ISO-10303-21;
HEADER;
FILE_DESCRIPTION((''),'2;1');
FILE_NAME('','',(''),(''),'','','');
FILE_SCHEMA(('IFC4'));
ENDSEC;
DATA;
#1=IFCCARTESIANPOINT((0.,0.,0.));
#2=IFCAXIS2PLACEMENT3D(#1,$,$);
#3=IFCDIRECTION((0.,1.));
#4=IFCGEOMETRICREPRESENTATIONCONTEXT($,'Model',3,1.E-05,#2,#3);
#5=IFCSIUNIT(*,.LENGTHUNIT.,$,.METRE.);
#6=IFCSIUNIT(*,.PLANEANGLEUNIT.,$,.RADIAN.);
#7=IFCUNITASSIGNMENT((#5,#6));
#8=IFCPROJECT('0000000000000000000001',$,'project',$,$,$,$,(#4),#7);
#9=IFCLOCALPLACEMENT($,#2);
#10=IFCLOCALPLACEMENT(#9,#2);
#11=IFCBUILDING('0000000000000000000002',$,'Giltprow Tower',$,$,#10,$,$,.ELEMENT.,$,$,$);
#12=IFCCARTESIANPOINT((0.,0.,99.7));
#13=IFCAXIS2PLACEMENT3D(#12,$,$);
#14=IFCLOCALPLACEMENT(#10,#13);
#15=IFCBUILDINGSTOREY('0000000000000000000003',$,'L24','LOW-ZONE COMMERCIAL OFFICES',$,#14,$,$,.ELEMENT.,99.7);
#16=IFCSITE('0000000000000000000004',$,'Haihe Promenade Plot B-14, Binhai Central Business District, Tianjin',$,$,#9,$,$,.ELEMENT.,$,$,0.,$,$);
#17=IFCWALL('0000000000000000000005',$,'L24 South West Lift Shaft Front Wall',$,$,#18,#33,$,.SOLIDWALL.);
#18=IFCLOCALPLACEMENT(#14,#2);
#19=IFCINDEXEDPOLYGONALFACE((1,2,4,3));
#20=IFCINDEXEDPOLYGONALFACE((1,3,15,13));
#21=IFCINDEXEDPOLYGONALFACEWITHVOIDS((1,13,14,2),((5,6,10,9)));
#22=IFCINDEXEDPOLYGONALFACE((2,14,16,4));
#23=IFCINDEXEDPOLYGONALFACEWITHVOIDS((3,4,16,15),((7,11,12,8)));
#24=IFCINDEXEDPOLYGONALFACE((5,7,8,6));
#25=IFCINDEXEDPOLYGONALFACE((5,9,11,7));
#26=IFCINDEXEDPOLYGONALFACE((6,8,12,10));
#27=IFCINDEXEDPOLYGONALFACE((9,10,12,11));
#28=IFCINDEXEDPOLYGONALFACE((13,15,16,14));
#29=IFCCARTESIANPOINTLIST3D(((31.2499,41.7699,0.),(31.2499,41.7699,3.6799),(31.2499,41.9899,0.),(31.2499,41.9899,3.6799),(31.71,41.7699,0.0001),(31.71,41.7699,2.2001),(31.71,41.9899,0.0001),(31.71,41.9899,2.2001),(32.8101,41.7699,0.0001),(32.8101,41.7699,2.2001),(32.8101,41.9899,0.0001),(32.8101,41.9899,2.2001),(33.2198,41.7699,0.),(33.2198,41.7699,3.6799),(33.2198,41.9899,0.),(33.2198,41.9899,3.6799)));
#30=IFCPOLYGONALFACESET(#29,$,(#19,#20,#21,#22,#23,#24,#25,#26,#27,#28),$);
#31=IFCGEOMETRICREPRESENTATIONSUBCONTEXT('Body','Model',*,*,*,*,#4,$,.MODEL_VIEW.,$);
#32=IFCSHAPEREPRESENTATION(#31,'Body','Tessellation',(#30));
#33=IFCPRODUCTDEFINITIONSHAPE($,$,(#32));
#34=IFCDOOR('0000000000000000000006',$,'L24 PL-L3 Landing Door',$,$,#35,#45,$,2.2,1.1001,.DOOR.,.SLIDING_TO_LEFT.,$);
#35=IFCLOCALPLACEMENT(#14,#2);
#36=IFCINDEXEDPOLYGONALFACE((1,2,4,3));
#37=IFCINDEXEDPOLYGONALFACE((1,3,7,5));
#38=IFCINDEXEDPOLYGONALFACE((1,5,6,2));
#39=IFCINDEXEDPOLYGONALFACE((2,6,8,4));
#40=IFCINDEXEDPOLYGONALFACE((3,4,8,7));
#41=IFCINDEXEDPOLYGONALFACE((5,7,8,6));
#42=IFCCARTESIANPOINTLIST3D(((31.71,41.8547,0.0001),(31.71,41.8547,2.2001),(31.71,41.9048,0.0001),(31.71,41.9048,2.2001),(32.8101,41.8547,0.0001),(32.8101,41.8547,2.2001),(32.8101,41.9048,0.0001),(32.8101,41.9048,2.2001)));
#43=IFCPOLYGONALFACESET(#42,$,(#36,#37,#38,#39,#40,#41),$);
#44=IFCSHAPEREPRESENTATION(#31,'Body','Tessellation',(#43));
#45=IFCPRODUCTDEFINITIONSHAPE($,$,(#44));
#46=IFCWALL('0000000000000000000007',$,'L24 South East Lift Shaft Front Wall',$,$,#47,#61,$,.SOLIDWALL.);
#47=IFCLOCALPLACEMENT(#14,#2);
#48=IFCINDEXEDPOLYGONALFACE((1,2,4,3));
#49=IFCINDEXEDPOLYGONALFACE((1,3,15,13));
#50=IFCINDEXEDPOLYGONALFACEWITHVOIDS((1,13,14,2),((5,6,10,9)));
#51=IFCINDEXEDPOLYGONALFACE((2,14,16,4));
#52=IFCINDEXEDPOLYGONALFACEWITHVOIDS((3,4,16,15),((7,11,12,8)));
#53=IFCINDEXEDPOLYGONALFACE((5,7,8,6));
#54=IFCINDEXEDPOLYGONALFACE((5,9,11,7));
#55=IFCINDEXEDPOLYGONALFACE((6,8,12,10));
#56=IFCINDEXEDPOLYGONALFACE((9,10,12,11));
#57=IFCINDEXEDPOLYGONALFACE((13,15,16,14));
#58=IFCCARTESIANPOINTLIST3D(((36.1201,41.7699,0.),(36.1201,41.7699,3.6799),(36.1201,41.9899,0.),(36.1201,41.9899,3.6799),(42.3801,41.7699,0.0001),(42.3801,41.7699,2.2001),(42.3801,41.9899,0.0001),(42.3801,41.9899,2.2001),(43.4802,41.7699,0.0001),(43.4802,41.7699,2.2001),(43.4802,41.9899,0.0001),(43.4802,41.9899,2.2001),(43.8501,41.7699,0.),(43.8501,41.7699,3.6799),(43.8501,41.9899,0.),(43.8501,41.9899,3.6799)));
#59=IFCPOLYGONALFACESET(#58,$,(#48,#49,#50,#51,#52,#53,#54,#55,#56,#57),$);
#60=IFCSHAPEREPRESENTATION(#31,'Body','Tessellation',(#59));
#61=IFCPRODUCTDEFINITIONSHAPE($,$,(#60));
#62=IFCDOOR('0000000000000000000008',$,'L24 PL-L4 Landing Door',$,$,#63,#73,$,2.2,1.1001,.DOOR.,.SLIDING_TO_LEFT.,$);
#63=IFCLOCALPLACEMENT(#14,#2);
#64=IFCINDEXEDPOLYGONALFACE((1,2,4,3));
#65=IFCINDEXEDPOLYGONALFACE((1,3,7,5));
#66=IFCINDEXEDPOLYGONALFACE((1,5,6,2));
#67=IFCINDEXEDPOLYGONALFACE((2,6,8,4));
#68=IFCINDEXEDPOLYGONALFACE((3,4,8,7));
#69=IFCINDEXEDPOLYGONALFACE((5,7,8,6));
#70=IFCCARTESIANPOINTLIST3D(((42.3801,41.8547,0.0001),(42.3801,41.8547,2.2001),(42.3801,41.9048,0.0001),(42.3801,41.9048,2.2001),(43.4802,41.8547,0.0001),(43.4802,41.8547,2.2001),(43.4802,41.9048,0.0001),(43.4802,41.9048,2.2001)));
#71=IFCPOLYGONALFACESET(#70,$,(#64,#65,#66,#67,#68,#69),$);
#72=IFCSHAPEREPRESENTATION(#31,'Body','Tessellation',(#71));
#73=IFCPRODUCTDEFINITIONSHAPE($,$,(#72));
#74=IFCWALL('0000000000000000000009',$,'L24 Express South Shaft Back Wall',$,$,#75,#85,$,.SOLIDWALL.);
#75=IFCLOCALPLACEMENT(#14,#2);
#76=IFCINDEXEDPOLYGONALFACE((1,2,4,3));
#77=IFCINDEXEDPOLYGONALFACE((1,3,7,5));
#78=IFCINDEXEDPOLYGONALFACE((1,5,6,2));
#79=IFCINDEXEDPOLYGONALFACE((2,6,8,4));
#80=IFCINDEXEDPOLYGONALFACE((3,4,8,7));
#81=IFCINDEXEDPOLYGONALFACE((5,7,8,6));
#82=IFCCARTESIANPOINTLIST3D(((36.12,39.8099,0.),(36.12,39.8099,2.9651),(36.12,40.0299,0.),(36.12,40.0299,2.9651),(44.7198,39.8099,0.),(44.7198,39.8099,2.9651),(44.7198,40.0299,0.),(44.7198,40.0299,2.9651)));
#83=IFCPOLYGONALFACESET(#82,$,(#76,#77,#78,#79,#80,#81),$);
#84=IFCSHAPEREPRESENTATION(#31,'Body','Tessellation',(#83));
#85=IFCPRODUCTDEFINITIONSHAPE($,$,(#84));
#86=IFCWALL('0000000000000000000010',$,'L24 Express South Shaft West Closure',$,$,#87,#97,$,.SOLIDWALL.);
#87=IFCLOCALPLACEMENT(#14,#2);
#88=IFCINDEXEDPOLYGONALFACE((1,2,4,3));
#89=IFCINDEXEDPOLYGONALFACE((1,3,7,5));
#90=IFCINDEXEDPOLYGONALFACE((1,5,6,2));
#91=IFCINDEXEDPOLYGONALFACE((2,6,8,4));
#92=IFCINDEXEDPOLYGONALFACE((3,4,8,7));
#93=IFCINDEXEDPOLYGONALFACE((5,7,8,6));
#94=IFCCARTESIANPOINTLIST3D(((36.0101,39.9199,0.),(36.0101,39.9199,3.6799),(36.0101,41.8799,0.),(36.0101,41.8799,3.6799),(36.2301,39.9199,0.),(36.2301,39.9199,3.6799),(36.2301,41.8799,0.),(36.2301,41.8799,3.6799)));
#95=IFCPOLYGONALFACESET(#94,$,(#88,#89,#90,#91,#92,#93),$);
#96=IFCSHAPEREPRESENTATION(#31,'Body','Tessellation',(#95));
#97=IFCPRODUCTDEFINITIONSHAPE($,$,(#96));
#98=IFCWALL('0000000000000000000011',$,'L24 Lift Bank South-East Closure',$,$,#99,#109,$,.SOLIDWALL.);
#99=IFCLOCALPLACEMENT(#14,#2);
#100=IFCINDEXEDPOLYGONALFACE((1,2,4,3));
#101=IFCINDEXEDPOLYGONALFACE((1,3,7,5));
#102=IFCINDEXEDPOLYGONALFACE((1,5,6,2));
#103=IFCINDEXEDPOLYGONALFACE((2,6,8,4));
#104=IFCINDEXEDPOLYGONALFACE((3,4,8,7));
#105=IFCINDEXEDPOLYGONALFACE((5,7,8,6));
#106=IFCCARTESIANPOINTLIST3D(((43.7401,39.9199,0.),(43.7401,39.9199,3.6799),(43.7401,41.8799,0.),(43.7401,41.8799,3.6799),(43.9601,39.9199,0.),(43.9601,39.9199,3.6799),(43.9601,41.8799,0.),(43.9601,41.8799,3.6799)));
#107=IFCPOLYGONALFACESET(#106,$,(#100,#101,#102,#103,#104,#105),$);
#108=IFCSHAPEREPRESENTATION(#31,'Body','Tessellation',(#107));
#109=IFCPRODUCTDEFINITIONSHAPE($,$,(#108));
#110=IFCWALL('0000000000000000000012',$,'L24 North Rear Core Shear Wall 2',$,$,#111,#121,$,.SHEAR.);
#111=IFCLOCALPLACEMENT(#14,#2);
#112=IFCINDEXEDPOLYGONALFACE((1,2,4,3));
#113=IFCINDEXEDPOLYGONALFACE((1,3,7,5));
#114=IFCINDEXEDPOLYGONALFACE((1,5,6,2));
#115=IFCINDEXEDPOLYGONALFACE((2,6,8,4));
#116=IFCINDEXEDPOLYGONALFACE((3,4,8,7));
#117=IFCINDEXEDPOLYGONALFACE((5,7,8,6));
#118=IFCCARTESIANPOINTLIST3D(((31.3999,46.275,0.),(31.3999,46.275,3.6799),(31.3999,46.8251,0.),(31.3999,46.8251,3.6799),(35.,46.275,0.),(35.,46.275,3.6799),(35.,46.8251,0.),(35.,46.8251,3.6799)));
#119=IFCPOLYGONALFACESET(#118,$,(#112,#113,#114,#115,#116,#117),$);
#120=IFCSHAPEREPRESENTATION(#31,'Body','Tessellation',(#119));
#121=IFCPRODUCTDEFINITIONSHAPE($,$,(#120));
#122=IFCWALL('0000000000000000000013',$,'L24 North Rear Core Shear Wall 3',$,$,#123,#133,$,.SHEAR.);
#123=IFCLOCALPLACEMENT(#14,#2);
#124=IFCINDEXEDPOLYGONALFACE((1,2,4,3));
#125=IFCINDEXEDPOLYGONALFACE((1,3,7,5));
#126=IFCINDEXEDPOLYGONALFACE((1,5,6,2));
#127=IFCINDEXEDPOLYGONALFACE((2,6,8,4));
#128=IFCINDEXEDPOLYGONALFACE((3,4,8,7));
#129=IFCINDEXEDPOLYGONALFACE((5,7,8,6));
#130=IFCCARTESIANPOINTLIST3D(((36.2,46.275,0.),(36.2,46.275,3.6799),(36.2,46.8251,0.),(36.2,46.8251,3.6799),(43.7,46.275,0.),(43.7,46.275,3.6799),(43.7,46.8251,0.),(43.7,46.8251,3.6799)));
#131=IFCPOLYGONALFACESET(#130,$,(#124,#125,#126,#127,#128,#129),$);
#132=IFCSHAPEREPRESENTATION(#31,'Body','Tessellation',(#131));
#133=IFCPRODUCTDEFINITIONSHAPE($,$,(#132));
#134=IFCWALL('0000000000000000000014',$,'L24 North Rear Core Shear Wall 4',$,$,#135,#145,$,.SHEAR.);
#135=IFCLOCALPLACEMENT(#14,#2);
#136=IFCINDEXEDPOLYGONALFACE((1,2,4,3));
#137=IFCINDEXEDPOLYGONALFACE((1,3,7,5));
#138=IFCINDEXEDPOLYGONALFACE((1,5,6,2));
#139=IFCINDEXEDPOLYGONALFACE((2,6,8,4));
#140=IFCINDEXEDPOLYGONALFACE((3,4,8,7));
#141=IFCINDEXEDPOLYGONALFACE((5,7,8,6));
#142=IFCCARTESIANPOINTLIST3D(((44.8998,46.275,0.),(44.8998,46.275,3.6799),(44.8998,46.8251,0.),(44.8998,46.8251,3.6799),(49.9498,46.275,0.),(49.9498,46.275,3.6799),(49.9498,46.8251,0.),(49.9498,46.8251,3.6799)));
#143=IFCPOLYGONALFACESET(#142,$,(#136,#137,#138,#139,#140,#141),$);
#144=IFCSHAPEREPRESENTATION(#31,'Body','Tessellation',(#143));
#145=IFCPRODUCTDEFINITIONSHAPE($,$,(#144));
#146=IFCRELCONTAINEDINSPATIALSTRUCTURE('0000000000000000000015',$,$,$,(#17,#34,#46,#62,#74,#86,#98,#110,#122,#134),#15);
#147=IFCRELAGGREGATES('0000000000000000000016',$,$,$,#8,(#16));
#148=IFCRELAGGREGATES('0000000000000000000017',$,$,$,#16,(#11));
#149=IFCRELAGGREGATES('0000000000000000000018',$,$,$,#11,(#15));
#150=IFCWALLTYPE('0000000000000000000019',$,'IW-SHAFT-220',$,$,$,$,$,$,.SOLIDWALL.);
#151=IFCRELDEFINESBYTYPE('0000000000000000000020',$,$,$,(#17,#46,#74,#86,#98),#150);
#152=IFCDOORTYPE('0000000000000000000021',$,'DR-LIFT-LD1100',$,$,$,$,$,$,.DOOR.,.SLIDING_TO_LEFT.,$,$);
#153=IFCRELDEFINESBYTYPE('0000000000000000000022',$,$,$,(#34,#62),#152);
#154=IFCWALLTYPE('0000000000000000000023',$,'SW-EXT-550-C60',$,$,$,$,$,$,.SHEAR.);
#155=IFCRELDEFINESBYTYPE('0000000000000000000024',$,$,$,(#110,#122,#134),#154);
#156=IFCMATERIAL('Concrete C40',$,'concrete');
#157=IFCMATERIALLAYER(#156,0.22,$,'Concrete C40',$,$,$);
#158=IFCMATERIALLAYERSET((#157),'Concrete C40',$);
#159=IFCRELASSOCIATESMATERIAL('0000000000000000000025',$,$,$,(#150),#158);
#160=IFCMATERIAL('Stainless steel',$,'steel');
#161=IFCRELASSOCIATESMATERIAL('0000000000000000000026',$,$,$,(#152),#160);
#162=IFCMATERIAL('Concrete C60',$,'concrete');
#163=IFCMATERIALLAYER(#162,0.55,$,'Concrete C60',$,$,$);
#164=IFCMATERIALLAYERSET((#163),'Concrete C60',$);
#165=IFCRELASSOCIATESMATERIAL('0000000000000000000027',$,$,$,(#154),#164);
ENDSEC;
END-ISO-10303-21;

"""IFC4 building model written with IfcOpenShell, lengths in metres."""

from ifc_helpers import new_model, si_unit, direction, frame, frame_2d, origin, place, context, subcontext, project, spatial, rectangle, extrude, source, transform, mapped, material, layer, layer_set, type_object, element, fill, save


model = new_model("IFC4")

# Units and contexts
model_context = context("Model", 3, precision=1e-05, world=origin(), true_north=direction((0.0, 1.0)))
body_context = subcontext(model_context, "Body", "Model", "MODEL_VIEW")
ifc_project = project(units=[si_unit("LENGTHUNIT", "METRE"), si_unit("PLANEANGLEUNIT", "RADIAN")], contexts=[model_context])

# Site, building, storey
site_placement = place(None, origin())
site = spatial("IfcSite", under=ifc_project, at=site_placement, Name="Haihe Promenade Plot B-14, Binhai Central Business District, Tianjin", CompositionType="ELEMENT", RefElevation=0.0)
building_placement = place(site_placement, origin())
building = spatial("IfcBuilding", under=site, at=building_placement, Name="Giltprow Tower", CompositionType="ELEMENT")
storey_placement = place(building_placement, frame((0.0, 0.0, 99.7)))
storey = spatial("IfcBuildingStorey", under=building, at=storey_placement, Name="L24", Description="LOW-ZONE COMMERCIAL OFFICES", CompositionType="ELEMENT", Elevation=99.7)

# Shared definitions
ifc_material_1 = material(Name="Concrete C60", Category="concrete")

# Shared definitions
ifc_material_2 = material(Name="Concrete C40", Category="concrete")
ifc_layer_1 = layer(ifc_material_2, 0.22, Name="Concrete C40")
ifc_layer_set_1 = layer_set([ifc_layer_1], Name="Concrete C40")
wall_type_1 = type_object("IfcWallType", Name="IW-SHAFT-220", PredefinedType="SOLIDWALL", material=ifc_layer_set_1)
ifc_material_3 = material(Name="Stainless steel", Category="steel")
door_type = type_object("IfcDoorType", Name="DR-LIFT-LD1100", OperationType="SLIDING_TO_LEFT", PredefinedType="DOOR", material=ifc_material_3)
shared_shape_1 = source(origin(), body_context, "Body", "SweptSolid", [
    extrude(rectangle(XDim=1.1001, YDim=2.2, at=frame_2d((0.55, 1.1001))), frame((0.0, 0.0249, 0.0), z_axis=(0.0, -1.0, 0.0), x_axis=(1.0, 0.0, 0.0)), (0.0, 0.0, 1.0), 0.05),
])

# Walls, openings, doors
wall_1_placement = place(storey_placement, frame((31.25, 41.8799, 0.0), z_axis=(0.0, 0.0, 1.0), x_axis=(1.0, 0.0, 0.0)))
wall_1 = element("IfcWall", 1, at=wall_1_placement, inside=storey, type_object=wall_type_1, Name="L24 South West Lift Shaft Front Wall", PredefinedType="SOLIDWALL", context=body_context, shape_type="SweptSolid", body=[
    extrude(rectangle(XDim=1.97, YDim=0.22, at=frame_2d((0.9849, 0.0))), origin(), (0.0, 0.0, 1.0), 3.6799),
])
opening_1_placement = place(wall_1_placement, frame((0.46, 0.0, 0.0)))
opening_1 = element("IfcOpeningElement", 2, at=opening_1_placement, cuts=wall_1, PredefinedType="OPENING", context=body_context, shape_type="SweptSolid", body=[
    extrude(rectangle(XDim=1.1001, YDim=2.2, at=frame_2d((0.55, 1.1001))), frame((0.0, 0.1199, 0.0), z_axis=(0.0, -1.0, 0.0), x_axis=(1.0, 0.0, 0.0)), (0.0, 0.0, 1.0), 0.24),
])
door_1_placement = place(opening_1_placement, origin())
door_1 = element("IfcDoor", 3, at=door_1_placement, inside=storey, type_object=door_type, Name="L24 PL-L3 Landing Door", OperationType="SLIDING_TO_LEFT", OverallHeight=2.2, OverallWidth=1.1001, PredefinedType="DOOR", context=body_context, shape_type="MappedRepresentation", body=[
    mapped(shared_shape_1, transform((0.0, 0.0, 0.0), x_axis=(1.0, 0.0, 0.0), y_axis=(0.0, 1.0, 0.0), z_axis=(0.0, 0.0, 1.0), scale=1.0)),
])
fill(opening_1, door_1)
wall_2_placement = place(storey_placement, frame((36.1201, 41.8799, 0.0), z_axis=(0.0, 0.0, 1.0), x_axis=(1.0, 0.0, 0.0)))
wall_2 = element("IfcWall", 4, at=wall_2_placement, inside=storey, type_object=wall_type_1, Name="L24 South East Lift Shaft Front Wall", PredefinedType="SOLIDWALL", context=body_context, shape_type="SweptSolid", body=[
    extrude(rectangle(XDim=7.73, YDim=0.22, at=frame_2d((3.865, 0.0))), origin(), (0.0, 0.0, 1.0), 3.6799),
])
opening_2_placement = place(wall_2_placement, frame((6.26, 0.0, 0.0)))
opening_2 = element("IfcOpeningElement", 5, at=opening_2_placement, cuts=wall_2, PredefinedType="OPENING", context=body_context, shape_type="SweptSolid", body=[
    extrude(rectangle(XDim=1.1001, YDim=2.2, at=frame_2d((0.55, 1.1001))), frame((0.0, 0.1199, 0.0), z_axis=(0.0, -1.0, 0.0), x_axis=(1.0, 0.0, 0.0)), (0.0, 0.0, 1.0), 0.24),
])
door_2_placement = place(opening_2_placement, origin())
door_2 = element("IfcDoor", 6, at=door_2_placement, inside=storey, type_object=door_type, Name="L24 PL-L4 Landing Door", OperationType="SLIDING_TO_LEFT", OverallHeight=2.2, OverallWidth=1.1001, PredefinedType="DOOR", context=body_context, shape_type="MappedRepresentation", body=[
    mapped(shared_shape_1, transform((0.0, 0.0, 0.0), x_axis=(1.0, 0.0, 0.0), y_axis=(0.0, 1.0, 0.0), z_axis=(0.0, 0.0, 1.0), scale=1.0)),
])
fill(opening_2, door_2)

# Walls
wall_3_placement = place(storey_placement, frame((36.1201, 39.9199, 0.0), z_axis=(0.0, 0.0, 1.0), x_axis=(1.0, 0.0, 0.0)))
element("IfcWall", 7, at=wall_3_placement, inside=storey, type_object=wall_type_1, Name="L24 Express South Shaft Back Wall", PredefinedType="SOLIDWALL", context=body_context, shape_type="SweptSolid", body=[
    extrude(rectangle(XDim=8.5999, YDim=0.22, at=frame_2d((4.2998, 0.0))), origin(), (0.0, 0.0, 1.0), 2.9651),
])
for number, where, z_axis, x_axis, name in (
    (8, (36.1201, 39.9199, 0.0), (0.0, 0.0, 1.0), (0.0, 1.0, 0.0), "L24 Express South Shaft West Closure"),
    (9, (43.8501, 39.9199, 0.0), (0.0, 0.0, 1.0), (0.0, 1.0, 0.0), "L24 Lift Bank South-East Closure"),
):
    element("IfcWall", number, at=place(storey_placement, frame(where, z_axis=z_axis, x_axis=x_axis)), inside=storey, type_object=wall_type_1, Name=name, PredefinedType="SOLIDWALL", context=body_context, shape_type="SweptSolid", body=[
        extrude(rectangle(XDim=1.96, YDim=0.22, at=frame_2d((0.98, 0.0))), origin(), (0.0, 0.0, 1.0), 3.6799),
    ])
ifc_layer_2 = layer(ifc_material_1, 0.55, Name="Concrete C60")
ifc_layer_set_2 = layer_set([ifc_layer_2], Name="Concrete C60")
wall_type_2 = type_object("IfcWallType", Name="SW-EXT-550-C60", PredefinedType="SHEAR", material=ifc_layer_set_2)
wall_4_placement = place(storey_placement, frame((31.3999, 46.55, 0.0), z_axis=(0.0, 0.0, 1.0), x_axis=(1.0, 0.0, 0.0)))
element("IfcWall", 10, at=wall_4_placement, inside=storey, type_object=wall_type_2, Name="L24 North Rear Core Shear Wall 2", PredefinedType="SHEAR", context=body_context, shape_type="SweptSolid", body=[
    extrude(rectangle(XDim=3.6001, YDim=0.55, at=frame_2d((1.8, 0.0))), origin(), (0.0, 0.0, 1.0), 3.6799),
])
wall_5_placement = place(storey_placement, frame((36.2, 46.55, 0.0), z_axis=(0.0, 0.0, 1.0), x_axis=(1.0, 0.0, 0.0)))
element("IfcWall", 11, at=wall_5_placement, inside=storey, type_object=wall_type_2, Name="L24 North Rear Core Shear Wall 3", PredefinedType="SHEAR", context=body_context, shape_type="SweptSolid", body=[
    extrude(rectangle(XDim=7.5, YDim=0.55, at=frame_2d((3.75, 0.0))), origin(), (0.0, 0.0, 1.0), 3.6799),
])
wall_6_placement = place(storey_placement, frame((44.8999, 46.55, 0.0), z_axis=(0.0, 0.0, 1.0), x_axis=(1.0, 0.0, 0.0)))
element("IfcWall", 12, at=wall_6_placement, inside=storey, type_object=wall_type_2, Name="L24 North Rear Core Shear Wall 4", PredefinedType="SHEAR", context=body_context, shape_type="SweptSolid", body=[
    extrude(rectangle(XDim=5.05, YDim=0.55, at=frame_2d((2.5249, 0.0))), origin(), (0.0, 0.0, 1.0), 3.6799),
])

save(model, "model.ifc")
